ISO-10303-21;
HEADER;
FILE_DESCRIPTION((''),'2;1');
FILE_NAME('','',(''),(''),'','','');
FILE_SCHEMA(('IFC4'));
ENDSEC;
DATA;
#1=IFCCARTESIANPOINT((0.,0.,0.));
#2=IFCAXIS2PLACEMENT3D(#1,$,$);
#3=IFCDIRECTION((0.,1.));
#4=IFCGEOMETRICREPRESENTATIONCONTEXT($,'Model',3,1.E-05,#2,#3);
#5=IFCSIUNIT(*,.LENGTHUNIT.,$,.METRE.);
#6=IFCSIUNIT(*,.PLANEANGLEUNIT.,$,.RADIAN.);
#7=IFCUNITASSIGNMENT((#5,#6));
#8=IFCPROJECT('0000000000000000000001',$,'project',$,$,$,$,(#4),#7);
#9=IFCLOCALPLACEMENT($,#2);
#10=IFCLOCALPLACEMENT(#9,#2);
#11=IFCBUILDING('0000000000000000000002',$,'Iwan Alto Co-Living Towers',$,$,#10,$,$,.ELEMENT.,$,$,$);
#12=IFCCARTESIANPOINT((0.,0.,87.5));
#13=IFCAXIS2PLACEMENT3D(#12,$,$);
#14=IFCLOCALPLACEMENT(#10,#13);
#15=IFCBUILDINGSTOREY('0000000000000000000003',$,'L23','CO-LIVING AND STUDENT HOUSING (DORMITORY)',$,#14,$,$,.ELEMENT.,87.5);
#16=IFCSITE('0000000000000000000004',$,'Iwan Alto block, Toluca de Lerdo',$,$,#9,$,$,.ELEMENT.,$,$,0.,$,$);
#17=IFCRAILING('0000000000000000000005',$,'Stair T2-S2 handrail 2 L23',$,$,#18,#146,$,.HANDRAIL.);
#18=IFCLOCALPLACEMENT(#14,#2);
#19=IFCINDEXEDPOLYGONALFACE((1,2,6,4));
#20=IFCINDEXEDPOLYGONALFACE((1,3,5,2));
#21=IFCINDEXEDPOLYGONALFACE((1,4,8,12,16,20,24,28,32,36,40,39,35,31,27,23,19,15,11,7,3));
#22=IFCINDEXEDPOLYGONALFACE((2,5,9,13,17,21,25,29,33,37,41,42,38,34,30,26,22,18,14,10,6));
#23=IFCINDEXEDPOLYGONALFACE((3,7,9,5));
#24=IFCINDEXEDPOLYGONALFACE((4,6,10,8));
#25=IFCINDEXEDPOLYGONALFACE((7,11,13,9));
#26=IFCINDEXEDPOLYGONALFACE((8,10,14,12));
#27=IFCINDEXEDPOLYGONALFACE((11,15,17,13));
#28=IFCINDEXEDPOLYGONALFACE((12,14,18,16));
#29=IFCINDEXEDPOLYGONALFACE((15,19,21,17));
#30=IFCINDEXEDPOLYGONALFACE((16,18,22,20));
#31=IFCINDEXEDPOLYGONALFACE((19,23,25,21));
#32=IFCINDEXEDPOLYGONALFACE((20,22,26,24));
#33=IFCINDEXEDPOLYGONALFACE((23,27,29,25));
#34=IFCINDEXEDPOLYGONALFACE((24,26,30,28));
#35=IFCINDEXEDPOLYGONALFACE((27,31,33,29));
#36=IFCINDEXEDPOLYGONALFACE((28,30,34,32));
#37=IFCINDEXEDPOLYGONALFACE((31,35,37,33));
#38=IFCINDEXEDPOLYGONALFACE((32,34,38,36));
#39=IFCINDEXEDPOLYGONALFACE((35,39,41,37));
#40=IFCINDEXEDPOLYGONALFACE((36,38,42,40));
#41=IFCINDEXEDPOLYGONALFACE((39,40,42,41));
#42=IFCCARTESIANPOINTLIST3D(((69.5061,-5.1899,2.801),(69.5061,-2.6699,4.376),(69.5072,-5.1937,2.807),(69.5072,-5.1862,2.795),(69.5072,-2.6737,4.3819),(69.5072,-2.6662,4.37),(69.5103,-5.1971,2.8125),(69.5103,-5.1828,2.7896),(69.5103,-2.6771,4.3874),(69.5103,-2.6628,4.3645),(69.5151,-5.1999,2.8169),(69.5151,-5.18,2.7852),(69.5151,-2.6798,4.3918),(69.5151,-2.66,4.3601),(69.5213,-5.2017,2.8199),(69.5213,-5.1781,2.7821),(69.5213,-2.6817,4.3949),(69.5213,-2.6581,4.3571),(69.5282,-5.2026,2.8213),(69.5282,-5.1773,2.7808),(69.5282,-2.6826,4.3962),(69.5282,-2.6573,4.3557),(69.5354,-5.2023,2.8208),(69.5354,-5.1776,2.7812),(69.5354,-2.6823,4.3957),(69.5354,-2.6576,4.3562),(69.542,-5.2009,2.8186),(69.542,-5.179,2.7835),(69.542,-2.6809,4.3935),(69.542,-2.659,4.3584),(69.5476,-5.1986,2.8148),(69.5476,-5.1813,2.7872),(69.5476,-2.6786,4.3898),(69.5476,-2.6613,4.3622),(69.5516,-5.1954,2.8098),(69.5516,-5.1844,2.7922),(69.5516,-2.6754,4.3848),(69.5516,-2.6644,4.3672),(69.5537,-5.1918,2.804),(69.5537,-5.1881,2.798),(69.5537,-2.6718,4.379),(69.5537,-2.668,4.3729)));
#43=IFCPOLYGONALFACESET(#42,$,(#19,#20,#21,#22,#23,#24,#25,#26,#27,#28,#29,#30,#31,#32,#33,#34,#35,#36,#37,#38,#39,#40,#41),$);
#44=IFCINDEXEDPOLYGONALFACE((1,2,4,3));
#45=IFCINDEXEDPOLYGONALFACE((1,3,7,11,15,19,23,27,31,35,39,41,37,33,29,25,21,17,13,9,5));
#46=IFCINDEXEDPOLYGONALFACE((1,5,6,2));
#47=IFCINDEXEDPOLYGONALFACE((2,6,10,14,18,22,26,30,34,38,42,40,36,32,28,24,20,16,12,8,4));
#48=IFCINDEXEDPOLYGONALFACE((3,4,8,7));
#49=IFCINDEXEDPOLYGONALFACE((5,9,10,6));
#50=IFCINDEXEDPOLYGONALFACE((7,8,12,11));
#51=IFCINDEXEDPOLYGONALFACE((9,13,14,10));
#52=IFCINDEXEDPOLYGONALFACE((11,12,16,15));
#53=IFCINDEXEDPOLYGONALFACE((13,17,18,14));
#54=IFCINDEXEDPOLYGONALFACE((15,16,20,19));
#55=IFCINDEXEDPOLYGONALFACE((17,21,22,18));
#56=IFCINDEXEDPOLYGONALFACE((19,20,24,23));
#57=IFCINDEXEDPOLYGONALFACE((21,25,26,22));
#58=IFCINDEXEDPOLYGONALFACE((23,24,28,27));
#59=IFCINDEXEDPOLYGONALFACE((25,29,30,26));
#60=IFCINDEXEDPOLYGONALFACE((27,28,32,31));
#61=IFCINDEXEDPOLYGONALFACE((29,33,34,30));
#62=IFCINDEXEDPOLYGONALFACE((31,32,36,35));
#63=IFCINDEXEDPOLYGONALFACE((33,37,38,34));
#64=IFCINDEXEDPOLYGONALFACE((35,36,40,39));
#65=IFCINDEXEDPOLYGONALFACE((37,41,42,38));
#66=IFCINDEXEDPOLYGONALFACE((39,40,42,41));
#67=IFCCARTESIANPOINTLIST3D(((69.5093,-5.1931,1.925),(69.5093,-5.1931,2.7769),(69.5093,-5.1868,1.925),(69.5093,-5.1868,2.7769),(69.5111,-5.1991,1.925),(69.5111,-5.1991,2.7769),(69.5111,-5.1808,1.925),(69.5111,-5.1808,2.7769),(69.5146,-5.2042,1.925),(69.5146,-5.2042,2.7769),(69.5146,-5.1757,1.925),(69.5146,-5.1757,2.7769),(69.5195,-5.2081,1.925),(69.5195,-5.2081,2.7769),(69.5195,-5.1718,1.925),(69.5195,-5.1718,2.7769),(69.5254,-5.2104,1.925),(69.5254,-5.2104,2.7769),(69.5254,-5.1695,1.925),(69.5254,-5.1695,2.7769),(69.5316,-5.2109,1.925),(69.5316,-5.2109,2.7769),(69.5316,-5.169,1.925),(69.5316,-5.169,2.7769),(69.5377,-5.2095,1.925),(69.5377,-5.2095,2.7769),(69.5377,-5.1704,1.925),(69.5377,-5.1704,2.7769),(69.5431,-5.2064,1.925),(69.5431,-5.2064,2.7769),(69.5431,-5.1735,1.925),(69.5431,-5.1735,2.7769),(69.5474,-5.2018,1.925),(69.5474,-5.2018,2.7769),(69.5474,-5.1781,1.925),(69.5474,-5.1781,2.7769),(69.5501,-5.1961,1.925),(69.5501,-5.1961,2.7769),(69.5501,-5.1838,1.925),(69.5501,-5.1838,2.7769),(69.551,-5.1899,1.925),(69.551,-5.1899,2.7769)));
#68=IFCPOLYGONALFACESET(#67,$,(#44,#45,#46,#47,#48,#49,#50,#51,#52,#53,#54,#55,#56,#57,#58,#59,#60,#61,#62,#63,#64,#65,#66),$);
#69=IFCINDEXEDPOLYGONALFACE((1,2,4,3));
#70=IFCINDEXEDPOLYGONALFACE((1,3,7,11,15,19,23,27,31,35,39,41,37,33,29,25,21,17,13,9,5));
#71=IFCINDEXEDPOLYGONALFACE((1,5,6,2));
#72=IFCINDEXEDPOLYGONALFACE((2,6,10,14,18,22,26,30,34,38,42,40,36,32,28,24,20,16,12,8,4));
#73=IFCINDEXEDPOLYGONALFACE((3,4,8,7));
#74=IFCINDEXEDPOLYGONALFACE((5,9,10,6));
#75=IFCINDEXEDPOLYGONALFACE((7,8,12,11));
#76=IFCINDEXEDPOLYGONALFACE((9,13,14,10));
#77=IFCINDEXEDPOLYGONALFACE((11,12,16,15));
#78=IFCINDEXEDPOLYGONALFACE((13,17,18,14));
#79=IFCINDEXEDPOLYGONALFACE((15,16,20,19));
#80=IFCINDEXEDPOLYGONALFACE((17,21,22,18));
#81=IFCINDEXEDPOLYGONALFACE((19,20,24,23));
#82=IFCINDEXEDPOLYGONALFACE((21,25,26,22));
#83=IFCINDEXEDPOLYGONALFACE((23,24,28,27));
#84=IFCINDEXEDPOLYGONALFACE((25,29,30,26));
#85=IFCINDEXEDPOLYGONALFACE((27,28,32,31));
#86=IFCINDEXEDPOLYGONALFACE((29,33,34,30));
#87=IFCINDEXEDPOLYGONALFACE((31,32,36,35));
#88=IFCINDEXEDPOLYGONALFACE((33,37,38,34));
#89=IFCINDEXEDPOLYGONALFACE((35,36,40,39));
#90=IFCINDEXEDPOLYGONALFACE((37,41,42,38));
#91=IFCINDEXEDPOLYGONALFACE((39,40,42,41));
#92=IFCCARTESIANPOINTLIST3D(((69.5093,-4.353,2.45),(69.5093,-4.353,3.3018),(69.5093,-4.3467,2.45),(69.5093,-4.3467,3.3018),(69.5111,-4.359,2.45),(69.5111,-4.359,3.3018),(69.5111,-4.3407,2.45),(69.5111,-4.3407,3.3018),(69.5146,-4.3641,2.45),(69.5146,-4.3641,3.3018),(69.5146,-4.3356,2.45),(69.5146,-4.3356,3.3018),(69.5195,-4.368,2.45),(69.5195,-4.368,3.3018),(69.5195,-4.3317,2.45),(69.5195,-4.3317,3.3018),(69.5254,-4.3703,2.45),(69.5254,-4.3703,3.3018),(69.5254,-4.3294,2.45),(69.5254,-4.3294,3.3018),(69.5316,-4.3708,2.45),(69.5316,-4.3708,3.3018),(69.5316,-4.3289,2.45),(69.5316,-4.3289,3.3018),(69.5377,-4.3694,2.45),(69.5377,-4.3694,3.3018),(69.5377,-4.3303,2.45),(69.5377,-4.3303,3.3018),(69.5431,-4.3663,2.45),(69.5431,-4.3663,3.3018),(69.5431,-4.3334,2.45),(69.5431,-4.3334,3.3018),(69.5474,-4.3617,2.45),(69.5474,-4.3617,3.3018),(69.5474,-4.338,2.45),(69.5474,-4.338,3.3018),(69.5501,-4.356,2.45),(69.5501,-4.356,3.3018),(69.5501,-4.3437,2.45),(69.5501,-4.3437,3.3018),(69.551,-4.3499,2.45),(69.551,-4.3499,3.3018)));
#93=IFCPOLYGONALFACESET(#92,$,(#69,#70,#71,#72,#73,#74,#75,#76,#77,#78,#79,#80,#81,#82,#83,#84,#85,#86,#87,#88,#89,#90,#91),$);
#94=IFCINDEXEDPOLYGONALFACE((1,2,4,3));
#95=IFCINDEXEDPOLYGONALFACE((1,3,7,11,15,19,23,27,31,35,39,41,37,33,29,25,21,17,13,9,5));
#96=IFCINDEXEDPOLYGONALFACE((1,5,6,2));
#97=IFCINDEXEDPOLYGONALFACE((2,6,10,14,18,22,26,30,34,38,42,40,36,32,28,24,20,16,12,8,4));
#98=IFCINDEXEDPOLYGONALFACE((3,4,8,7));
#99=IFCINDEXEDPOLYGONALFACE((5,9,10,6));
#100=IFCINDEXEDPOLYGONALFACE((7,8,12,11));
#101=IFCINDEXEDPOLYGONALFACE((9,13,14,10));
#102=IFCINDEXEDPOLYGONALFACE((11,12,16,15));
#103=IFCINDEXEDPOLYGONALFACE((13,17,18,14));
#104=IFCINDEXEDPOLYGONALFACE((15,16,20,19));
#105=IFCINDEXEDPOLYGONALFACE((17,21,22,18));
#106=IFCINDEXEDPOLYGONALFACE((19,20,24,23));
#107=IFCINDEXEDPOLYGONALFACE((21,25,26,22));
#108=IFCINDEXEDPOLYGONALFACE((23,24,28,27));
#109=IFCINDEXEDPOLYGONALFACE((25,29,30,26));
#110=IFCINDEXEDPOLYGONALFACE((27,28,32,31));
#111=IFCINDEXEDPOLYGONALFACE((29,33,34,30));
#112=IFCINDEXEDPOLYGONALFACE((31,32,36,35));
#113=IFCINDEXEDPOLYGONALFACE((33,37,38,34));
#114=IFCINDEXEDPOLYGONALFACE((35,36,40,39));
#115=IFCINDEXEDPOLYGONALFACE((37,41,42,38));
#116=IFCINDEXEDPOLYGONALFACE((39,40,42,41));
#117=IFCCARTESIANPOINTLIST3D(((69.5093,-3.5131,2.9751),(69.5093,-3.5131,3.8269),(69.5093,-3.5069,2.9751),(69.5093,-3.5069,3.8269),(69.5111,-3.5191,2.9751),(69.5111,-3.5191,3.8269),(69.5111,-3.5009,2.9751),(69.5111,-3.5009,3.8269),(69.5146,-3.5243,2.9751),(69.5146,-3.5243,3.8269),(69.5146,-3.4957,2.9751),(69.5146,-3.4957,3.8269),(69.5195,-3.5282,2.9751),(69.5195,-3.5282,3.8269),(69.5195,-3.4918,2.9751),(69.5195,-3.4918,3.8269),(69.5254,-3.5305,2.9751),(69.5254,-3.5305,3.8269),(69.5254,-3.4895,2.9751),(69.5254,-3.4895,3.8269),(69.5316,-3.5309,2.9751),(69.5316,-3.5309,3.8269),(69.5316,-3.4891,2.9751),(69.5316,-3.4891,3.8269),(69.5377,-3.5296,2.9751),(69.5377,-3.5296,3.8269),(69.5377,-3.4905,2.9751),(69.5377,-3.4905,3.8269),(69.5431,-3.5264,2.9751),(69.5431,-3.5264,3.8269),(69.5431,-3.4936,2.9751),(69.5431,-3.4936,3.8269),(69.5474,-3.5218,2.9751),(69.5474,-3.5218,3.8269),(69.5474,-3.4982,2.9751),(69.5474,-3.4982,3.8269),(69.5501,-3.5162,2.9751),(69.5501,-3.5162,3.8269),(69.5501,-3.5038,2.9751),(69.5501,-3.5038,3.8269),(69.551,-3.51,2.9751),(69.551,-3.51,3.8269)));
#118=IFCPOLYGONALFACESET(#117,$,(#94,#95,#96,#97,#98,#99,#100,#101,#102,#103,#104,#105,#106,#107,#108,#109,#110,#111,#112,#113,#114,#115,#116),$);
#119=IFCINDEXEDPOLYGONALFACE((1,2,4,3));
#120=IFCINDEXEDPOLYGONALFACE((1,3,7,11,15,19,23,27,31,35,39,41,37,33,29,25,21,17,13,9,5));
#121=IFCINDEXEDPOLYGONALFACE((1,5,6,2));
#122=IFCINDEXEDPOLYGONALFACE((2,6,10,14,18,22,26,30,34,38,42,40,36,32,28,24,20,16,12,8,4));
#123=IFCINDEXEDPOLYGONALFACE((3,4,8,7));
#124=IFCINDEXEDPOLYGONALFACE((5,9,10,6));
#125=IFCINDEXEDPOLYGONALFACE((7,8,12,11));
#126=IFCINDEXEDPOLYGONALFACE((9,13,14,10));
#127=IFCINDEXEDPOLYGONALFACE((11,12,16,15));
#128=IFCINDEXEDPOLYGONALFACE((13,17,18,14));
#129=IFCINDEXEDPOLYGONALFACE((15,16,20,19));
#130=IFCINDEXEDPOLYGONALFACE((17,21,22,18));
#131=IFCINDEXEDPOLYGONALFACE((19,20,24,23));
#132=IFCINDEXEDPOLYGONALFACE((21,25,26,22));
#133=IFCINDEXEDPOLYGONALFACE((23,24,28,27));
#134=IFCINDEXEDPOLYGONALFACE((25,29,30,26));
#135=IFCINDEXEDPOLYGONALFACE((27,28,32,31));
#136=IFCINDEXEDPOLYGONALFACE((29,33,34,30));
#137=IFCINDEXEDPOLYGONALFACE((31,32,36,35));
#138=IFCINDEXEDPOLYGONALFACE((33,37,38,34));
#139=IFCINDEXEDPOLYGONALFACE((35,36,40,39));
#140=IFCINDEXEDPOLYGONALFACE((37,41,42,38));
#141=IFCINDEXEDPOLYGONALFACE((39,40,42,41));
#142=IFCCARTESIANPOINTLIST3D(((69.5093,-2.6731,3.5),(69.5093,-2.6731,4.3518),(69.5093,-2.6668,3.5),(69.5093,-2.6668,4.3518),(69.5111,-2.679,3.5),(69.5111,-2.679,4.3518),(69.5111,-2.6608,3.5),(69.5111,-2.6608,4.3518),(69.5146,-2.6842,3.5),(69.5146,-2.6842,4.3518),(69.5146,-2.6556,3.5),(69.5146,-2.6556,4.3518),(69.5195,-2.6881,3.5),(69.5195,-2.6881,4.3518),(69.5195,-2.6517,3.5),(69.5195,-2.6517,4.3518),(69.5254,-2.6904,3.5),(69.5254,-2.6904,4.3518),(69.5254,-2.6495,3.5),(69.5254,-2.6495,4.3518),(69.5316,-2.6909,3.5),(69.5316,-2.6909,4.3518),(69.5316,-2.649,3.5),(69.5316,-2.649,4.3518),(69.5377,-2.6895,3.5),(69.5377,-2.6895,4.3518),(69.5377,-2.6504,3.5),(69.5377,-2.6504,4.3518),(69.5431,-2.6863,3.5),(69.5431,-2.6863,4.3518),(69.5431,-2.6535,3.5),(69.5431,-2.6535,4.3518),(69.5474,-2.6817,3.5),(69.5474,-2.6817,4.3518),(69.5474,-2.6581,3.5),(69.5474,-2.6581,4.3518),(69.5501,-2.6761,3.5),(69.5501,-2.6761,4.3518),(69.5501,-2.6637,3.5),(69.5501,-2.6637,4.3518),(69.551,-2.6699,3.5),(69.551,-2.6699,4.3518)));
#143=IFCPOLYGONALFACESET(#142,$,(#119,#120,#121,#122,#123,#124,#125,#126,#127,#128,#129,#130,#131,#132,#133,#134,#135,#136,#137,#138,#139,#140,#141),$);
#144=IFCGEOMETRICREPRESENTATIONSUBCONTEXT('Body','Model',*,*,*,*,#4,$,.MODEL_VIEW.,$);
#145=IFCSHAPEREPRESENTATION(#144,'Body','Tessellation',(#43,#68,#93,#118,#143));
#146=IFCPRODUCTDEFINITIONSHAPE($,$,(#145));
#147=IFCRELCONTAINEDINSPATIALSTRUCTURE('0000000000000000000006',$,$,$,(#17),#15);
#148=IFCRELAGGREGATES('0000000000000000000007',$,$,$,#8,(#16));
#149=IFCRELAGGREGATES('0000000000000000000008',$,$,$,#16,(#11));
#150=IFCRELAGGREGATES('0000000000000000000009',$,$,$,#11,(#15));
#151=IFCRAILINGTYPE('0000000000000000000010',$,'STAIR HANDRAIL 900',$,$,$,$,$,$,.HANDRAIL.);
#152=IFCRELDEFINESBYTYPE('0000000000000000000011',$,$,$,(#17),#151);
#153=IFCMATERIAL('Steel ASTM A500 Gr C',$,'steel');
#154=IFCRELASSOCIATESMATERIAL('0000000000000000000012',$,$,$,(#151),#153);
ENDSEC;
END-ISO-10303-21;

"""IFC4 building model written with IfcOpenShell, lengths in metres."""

from ifc_helpers import new_model, si_unit, direction, frame, origin, origin_2d, place, context, subcontext, project, spatial, circle, extrude, material, type_object, element, save


model = new_model("IFC4")

# Units and contexts
model_context = context("Model", 3, precision=1e-05, world=origin(), true_north=direction((0.0, 1.0)))
body_context = subcontext(model_context, "Body", "Model", "MODEL_VIEW")
ifc_project = project(units=[si_unit("LENGTHUNIT", "METRE"), si_unit("PLANEANGLEUNIT", "RADIAN")], contexts=[model_context])

# Site, building, storey
site_placement = place(None, origin())
site = spatial("IfcSite", under=ifc_project, at=site_placement, Name="Iwan Alto block, Toluca de Lerdo", CompositionType="ELEMENT", RefElevation=0.0)
building_placement = place(site_placement, origin())
building = spatial("IfcBuilding", under=site, at=building_placement, Name="Iwan Alto Co-Living Towers", CompositionType="ELEMENT")
storey_placement = place(building_placement, frame((0.0, 0.0, 87.5)))
storey = spatial("IfcBuildingStorey", under=building, at=storey_placement, Name="L23", Description="CO-LIVING AND STUDENT HOUSING (DORMITORY)", CompositionType="ELEMENT", Elevation=87.5)

# Railing
ifc_material_1 = material(Name="Steel ASTM A500 Gr C", Category="steel")
railing_type = type_object("IfcRailingType", Name="STAIR HANDRAIL 900", PredefinedType="HANDRAIL", material=ifc_material_1)
railing_placement = place(storey_placement, frame((69.53, -5.1899, 1.925)))
element("IfcRailing", 1, at=railing_placement, inside=storey, type_object=railing_type, Name="Stair T2-S2 handrail 2 L23", PredefinedType="HANDRAIL", context=body_context, shape_type="SweptSolid", body=[
    extrude(circle(Radius=0.0239, at=origin_2d()), frame((0.0, 0.0, 0.876), z_axis=(0.0, 0.848008, 0.529984), x_axis=(-1.0, 0.0, 0.0)), (0.0, 0.0, 1.0), 2.9717),
    extrude(circle(Radius=0.021, at=origin_2d()), origin(), (0.0, 0.0, 1.0), 0.8518),
    extrude(circle(Radius=0.021, at=origin_2d()), frame((0.0, 0.8401, 0.5249)), (0.0, 0.0, 1.0), 0.8518),
    extrude(circle(Radius=0.021, at=origin_2d()), frame((0.0, 1.6799, 1.05)), (0.0, 0.0, 1.0), 0.8518),
    extrude(circle(Radius=0.021, at=origin_2d()), frame((0.0, 2.52, 1.575)), (0.0, 0.0, 1.0), 0.8518),
])

save(model, "model.ifc")
